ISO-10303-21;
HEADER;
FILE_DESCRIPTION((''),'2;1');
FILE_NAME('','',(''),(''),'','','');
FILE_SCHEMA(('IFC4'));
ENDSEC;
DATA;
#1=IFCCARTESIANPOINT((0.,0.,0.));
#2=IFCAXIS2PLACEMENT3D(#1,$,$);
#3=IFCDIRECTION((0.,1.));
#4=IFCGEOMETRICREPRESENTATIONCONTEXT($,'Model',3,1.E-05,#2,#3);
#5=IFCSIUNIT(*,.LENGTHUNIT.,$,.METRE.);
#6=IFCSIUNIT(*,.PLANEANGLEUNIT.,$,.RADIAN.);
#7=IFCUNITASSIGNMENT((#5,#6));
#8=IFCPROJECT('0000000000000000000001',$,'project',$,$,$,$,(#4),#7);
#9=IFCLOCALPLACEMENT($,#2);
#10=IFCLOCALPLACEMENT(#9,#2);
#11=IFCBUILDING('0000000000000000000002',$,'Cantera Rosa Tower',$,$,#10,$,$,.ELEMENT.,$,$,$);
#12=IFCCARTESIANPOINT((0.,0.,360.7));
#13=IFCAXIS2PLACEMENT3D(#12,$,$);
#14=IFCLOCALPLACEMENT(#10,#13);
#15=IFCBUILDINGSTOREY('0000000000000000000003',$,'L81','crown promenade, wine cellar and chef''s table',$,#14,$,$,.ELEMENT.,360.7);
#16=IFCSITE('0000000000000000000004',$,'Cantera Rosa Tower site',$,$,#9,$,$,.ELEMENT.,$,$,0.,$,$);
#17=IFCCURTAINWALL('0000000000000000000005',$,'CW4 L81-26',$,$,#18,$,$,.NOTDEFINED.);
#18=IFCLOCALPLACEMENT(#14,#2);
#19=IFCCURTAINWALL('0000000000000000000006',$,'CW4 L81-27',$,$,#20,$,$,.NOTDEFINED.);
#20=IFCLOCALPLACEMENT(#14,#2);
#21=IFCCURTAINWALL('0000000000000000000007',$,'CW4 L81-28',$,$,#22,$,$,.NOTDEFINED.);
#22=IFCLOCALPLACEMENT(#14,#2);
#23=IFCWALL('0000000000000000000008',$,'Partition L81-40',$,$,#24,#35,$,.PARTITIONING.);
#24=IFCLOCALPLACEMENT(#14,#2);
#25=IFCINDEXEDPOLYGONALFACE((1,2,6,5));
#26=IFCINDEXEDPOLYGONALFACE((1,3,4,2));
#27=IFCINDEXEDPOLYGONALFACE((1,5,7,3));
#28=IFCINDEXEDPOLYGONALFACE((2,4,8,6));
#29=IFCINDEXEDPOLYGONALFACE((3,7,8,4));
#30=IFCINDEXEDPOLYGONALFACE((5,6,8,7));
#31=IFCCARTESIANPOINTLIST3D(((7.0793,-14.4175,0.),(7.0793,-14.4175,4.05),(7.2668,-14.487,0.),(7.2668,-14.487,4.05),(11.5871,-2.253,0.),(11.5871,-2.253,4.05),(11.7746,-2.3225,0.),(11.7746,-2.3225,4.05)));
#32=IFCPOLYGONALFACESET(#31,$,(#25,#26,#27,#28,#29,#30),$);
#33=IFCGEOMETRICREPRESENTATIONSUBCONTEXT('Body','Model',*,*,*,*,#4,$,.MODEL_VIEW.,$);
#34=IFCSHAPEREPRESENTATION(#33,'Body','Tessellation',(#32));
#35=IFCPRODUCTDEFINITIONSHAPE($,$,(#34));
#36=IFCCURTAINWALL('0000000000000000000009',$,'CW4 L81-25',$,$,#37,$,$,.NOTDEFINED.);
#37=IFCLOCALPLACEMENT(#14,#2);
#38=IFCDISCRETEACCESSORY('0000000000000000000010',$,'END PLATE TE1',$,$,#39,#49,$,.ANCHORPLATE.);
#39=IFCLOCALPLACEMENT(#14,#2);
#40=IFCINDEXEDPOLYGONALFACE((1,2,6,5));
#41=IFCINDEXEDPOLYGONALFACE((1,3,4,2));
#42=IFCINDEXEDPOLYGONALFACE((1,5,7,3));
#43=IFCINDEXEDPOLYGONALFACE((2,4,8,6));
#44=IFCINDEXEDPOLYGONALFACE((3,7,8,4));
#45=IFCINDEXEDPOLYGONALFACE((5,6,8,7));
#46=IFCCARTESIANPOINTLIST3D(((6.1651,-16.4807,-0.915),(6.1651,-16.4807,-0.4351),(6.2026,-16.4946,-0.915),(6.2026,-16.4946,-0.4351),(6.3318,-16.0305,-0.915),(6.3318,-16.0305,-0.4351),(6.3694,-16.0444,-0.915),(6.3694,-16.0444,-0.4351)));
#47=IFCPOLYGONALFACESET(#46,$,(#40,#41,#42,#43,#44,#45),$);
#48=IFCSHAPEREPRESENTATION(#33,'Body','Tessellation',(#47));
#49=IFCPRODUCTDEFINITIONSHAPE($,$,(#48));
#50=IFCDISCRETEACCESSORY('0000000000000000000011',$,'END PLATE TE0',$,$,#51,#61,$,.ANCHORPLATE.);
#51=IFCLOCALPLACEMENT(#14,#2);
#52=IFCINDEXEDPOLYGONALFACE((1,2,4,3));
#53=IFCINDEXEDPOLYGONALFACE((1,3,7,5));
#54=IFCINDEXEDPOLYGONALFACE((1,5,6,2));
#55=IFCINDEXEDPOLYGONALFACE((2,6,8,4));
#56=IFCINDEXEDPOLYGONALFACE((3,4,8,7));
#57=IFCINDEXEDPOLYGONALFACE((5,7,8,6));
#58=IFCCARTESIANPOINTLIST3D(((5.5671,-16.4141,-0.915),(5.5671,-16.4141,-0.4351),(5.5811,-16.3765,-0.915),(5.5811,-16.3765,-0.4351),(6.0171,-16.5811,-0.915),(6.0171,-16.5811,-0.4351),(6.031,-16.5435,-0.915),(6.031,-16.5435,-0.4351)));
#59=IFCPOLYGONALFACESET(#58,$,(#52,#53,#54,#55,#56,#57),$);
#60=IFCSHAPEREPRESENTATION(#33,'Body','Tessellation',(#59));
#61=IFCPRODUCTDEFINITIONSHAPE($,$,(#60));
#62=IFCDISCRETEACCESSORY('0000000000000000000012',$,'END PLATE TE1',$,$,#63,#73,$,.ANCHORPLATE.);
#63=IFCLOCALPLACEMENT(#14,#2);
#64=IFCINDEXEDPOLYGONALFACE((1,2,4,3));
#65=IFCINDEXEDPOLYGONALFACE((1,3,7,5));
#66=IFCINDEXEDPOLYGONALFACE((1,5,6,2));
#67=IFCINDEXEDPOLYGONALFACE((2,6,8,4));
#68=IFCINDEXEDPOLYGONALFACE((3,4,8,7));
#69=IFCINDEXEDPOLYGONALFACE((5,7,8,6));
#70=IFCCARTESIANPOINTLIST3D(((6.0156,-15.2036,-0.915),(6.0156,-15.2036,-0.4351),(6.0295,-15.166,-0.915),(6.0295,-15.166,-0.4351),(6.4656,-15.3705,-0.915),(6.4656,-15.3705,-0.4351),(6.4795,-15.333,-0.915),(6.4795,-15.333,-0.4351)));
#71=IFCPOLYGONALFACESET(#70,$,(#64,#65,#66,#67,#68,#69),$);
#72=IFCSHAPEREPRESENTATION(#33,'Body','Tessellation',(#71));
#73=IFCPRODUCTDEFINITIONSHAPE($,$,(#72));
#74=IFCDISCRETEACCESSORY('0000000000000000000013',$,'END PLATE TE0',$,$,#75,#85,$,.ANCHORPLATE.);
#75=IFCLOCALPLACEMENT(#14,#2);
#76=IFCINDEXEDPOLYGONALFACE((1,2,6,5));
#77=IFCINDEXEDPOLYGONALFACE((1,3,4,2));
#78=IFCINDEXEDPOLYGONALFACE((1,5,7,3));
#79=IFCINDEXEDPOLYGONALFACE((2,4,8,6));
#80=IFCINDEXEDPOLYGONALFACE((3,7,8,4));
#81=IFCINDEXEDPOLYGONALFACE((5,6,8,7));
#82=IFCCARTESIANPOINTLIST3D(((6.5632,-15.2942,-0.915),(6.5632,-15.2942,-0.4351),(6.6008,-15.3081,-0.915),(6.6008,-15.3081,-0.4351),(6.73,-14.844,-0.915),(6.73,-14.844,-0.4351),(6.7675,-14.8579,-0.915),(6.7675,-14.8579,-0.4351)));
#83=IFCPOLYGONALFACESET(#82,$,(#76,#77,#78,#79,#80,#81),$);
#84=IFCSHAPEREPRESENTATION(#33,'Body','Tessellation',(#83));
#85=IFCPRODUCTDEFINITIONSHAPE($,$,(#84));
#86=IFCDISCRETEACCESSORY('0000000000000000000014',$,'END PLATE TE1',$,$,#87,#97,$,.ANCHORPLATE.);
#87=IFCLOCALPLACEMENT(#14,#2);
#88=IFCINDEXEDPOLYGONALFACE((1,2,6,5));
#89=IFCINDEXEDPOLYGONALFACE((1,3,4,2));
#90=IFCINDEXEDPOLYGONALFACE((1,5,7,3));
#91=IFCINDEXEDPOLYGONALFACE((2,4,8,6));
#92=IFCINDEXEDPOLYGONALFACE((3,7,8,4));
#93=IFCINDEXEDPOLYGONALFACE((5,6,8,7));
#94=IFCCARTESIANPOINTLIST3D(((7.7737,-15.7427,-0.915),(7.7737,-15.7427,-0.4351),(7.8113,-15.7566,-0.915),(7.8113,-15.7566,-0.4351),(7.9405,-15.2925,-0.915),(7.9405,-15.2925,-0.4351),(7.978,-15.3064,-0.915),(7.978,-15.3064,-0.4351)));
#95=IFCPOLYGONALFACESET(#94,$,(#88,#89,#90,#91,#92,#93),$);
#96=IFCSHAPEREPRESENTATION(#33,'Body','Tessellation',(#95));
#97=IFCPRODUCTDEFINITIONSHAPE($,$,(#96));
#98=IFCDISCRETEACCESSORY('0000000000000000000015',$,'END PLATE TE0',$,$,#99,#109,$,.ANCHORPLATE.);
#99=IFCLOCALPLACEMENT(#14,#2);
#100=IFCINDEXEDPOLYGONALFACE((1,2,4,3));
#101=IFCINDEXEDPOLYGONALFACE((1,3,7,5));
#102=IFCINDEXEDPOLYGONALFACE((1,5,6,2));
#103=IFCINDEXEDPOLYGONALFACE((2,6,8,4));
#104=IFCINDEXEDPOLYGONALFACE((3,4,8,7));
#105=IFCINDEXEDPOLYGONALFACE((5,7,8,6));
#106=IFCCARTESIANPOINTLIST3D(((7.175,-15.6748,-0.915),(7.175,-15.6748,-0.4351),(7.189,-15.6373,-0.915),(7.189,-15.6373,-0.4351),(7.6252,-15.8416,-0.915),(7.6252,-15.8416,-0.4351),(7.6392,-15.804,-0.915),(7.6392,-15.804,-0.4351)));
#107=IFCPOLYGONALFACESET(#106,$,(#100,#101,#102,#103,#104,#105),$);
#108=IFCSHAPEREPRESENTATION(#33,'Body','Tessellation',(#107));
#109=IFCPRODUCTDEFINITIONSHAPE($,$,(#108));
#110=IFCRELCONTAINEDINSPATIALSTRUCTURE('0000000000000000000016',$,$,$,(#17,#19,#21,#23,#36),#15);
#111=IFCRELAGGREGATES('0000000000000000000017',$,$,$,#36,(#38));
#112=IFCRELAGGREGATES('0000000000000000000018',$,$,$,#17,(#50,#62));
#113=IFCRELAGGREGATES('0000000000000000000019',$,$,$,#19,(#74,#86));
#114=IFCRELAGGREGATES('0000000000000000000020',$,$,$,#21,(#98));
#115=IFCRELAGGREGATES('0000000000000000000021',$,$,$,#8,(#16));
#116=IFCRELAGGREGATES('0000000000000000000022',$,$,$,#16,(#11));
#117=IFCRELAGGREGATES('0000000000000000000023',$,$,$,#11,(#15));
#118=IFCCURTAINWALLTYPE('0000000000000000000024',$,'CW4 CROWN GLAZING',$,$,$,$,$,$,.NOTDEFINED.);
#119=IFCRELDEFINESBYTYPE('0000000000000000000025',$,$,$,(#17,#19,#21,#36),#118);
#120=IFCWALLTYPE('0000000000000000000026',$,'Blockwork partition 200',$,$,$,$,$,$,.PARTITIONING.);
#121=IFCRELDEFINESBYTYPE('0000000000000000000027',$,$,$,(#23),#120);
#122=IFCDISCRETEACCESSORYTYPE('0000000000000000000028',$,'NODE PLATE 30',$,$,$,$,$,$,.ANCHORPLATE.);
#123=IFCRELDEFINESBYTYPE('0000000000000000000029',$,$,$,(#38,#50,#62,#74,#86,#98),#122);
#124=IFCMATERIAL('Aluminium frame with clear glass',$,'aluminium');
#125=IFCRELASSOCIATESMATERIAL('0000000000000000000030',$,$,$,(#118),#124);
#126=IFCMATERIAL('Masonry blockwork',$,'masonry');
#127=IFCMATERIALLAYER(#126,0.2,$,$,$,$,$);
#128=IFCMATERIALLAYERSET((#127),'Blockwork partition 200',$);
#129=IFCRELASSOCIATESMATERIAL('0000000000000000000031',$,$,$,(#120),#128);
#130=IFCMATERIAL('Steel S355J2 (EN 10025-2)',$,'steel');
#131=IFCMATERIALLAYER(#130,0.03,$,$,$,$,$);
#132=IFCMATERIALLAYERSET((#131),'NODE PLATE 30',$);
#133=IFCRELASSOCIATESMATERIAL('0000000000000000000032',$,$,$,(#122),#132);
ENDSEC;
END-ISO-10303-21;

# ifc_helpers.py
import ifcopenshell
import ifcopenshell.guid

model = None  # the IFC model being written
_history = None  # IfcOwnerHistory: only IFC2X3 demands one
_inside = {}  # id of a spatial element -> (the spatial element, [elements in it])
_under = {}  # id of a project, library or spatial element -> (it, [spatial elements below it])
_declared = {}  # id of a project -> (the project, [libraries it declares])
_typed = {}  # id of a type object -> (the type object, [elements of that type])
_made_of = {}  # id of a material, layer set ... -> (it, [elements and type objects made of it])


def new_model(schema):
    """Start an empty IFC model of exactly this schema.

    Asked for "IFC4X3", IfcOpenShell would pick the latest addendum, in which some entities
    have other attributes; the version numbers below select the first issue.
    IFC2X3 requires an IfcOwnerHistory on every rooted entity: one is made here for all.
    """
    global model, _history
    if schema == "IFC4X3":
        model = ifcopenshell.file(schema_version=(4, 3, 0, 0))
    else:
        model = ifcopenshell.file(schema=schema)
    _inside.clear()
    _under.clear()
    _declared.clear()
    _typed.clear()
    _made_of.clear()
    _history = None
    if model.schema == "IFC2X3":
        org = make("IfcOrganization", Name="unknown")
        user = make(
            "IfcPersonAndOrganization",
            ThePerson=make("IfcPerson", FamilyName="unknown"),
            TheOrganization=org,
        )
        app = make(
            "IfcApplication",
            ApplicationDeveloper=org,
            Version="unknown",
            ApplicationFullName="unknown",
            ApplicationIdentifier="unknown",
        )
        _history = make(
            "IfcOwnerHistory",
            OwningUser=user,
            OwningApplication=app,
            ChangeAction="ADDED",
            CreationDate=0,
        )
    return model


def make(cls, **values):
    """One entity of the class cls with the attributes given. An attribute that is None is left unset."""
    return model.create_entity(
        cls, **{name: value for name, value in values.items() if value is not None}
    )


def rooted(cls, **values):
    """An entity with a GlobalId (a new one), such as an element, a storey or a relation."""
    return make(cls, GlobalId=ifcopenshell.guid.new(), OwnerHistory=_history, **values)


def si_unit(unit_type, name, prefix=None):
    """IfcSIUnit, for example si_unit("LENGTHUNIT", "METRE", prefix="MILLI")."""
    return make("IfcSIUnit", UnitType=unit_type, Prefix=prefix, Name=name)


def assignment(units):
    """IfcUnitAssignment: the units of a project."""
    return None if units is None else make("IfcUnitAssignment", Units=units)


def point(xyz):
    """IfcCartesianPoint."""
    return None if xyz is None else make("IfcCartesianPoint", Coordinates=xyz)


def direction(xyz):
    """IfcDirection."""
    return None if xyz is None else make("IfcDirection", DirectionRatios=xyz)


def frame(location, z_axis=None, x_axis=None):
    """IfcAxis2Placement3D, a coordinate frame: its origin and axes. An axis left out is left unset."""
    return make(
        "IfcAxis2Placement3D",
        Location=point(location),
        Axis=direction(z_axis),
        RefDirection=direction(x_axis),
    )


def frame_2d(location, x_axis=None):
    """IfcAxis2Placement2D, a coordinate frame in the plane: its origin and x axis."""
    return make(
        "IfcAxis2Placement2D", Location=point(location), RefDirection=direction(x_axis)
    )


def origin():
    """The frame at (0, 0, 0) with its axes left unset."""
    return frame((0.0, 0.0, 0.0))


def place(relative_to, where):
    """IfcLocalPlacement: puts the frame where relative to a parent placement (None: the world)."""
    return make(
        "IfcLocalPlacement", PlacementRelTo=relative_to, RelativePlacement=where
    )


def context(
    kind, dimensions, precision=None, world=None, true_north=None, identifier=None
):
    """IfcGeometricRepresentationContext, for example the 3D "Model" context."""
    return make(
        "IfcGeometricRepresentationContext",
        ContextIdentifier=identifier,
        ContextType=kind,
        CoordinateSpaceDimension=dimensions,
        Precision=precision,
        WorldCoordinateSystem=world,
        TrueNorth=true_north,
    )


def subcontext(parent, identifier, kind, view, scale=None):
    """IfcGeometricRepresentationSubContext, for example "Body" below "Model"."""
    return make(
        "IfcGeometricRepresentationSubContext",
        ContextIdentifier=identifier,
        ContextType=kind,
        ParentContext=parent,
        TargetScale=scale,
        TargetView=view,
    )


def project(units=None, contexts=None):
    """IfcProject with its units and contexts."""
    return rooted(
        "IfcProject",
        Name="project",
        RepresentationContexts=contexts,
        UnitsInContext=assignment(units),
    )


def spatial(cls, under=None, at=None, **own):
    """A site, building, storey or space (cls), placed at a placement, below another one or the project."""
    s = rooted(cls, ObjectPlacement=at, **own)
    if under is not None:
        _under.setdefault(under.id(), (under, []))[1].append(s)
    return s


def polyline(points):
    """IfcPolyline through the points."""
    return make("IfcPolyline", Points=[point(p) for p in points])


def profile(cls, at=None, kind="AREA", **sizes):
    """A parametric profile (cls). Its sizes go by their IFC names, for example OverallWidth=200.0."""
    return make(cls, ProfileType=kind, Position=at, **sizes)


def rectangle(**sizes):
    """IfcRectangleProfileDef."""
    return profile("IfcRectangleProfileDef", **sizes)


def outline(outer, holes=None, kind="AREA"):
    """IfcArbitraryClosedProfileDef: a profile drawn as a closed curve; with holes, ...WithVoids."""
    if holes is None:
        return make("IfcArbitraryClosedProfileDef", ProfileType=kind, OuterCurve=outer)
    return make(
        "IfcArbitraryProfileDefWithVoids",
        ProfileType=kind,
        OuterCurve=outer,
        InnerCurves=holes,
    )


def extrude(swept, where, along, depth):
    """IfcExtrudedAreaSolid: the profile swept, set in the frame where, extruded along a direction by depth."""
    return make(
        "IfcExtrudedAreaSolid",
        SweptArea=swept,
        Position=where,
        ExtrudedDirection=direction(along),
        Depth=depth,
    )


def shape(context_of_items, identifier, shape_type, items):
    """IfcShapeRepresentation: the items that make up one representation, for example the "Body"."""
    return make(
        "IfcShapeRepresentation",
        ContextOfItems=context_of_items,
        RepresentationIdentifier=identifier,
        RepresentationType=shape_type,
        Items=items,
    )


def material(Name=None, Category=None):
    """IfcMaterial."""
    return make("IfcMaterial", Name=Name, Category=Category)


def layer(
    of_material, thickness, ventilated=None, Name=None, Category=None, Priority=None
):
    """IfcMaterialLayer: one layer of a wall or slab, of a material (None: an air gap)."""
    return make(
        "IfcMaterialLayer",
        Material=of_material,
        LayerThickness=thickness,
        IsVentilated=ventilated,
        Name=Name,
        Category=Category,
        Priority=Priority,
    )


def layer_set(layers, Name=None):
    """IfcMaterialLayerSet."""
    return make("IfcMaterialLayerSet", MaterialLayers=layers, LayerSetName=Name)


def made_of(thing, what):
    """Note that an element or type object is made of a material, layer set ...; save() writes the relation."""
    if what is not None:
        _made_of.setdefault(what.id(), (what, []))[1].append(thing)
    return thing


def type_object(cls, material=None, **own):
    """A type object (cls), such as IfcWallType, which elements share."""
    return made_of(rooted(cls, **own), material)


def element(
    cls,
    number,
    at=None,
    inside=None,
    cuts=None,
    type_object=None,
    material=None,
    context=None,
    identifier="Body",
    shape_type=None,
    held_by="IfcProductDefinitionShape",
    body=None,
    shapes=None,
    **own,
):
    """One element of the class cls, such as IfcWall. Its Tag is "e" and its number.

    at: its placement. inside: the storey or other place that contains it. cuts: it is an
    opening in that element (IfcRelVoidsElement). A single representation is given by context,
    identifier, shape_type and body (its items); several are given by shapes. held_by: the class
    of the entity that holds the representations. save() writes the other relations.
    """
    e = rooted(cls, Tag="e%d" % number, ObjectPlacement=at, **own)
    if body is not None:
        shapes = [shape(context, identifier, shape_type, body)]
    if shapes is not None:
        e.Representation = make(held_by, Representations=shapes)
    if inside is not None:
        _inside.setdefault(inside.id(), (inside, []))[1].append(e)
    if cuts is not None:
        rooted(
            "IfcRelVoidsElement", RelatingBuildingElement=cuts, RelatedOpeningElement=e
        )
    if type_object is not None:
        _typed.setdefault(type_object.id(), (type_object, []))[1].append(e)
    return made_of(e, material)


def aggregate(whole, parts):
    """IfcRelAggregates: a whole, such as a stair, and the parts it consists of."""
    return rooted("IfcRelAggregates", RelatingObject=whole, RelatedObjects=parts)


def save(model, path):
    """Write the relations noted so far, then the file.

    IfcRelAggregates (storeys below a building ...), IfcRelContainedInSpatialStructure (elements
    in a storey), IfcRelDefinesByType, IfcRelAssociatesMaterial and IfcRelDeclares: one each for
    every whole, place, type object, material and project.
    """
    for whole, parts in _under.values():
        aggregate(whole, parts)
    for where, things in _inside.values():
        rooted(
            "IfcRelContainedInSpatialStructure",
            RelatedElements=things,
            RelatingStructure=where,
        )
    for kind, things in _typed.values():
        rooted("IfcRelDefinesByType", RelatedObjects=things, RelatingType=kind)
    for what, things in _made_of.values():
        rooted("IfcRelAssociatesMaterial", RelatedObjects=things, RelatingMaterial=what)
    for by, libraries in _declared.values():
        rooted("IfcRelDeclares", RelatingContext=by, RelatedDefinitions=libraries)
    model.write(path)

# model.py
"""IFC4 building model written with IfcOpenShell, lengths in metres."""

from ifc_helpers import new_model, si_unit, direction, frame, frame_2d, origin, place, context, subcontext, project, spatial, polyline, rectangle, outline, extrude, material, layer, layer_set, type_object, element, aggregate, save


model = new_model("IFC4")

# Units and contexts
model_context = context("Model", 3, precision=1e-05, world=origin(), true_north=direction((0.0, 1.0)))
body_context = subcontext(model_context, "Body", "Model", "MODEL_VIEW")
ifc_project = project(units=[si_unit("LENGTHUNIT", "METRE"), si_unit("PLANEANGLEUNIT", "RADIAN")], contexts=[model_context])

# Site, building, storey
site_placement = place(None, origin())
site = spatial("IfcSite", under=ifc_project, at=site_placement, Name="Cantera Rosa Tower site", CompositionType="ELEMENT", RefElevation=0.0)
building_placement = place(site_placement, origin())
building = spatial("IfcBuilding", under=site, at=building_placement, Name="Cantera Rosa Tower", CompositionType="ELEMENT")
storey_placement = place(building_placement, frame((0.0, 0.0, 360.7)))
storey = spatial("IfcBuildingStorey", under=building, at=storey_placement, Name="L81", Description="crown promenade, wine cellar and chef's table", CompositionType="ELEMENT", Elevation=360.7)

# Curtain walls
ifc_material_1 = material(Name="Aluminium frame with clear glass", Category="aluminium")
curtain_wall_type = type_object("IfcCurtainWallType", Name="CW4 CROWN GLAZING", PredefinedType="NOTDEFINED", material=ifc_material_1)
curtain_wall_1_placement = place(storey_placement, origin())
curtain_wall_1 = element("IfcCurtainWall", 1, at=curtain_wall_1_placement, inside=storey, type_object=curtain_wall_type, Name="CW4 L81-26", PredefinedType="NOTDEFINED")
curtain_wall_2_placement = place(storey_placement, origin())
curtain_wall_2 = element("IfcCurtainWall", 2, at=curtain_wall_2_placement, inside=storey, type_object=curtain_wall_type, Name="CW4 L81-27", PredefinedType="NOTDEFINED")
curtain_wall_3_placement = place(storey_placement, origin())
curtain_wall_3 = element("IfcCurtainWall", 3, at=curtain_wall_3_placement, inside=storey, type_object=curtain_wall_type, Name="CW4 L81-28", PredefinedType="NOTDEFINED")

# Wall
ifc_material_2 = material(Name="Masonry blockwork", Category="masonry")
ifc_layer_1 = layer(ifc_material_2, 0.2)
ifc_layer_set_1 = layer_set([ifc_layer_1], Name="Blockwork partition 200")
wall_type = type_object("IfcWallType", Name="Blockwork partition 200", PredefinedType="PARTITIONING", material=ifc_layer_set_1)
wall_placement = place(storey_placement, frame((7.1731, -14.4521, 0.0), z_axis=(0.0, 0.0, 1.0), x_axis=(0.347479, 0.937688, 0.0)))
element("IfcWall", 4, at=wall_placement, inside=storey, type_object=wall_type, Name="Partition L81-40", PredefinedType="PARTITIONING", context=body_context, shape_type="SweptSolid", body=[
    extrude(rectangle(XDim=12.9729, YDim=0.2, at=frame_2d((6.4863, 0.0))), origin(), (0.0, 0.0, 1.0), 4.05),
])

# Curtain wall, discrete accessory
curtain_wall_4_placement = place(storey_placement, origin())
curtain_wall_4 = element("IfcCurtainWall", 5, at=curtain_wall_4_placement, inside=storey, type_object=curtain_wall_type, Name="CW4 L81-25", PredefinedType="NOTDEFINED")
ifc_material_3 = material(Name="Steel S355J2 (EN 10025-2)", Category="steel")
ifc_layer_2 = layer(ifc_material_3, 0.03)
ifc_layer_set_2 = layer_set([ifc_layer_2], Name="NODE PLATE 30")
discrete_accessory_type = type_object("IfcDiscreteAccessoryType", Name="NODE PLATE 30", PredefinedType="ANCHORPLATE", material=ifc_layer_set_2)
discrete_accessory_1_placement = place(storey_placement, frame((6.3694, -16.0444, -0.4351), z_axis=(0.937743, -0.347331, 0.0), x_axis=(-0.347331, -0.937743, 0.0)))
discrete_accessory_1 = element("IfcDiscreteAccessory", 6, at=discrete_accessory_1_placement, type_object=discrete_accessory_type, Name="END PLATE TE1", PredefinedType="ANCHORPLATE", context=body_context, shape_type="SweptSolid", body=[
    extrude(outline(polyline([(0.0, 0.0), (0.4801, 0.0), (0.4801, 0.48), (0.0, 0.48), (0.0, 0.0)])), origin(), (0.0, 0.0, -1.0), 0.04),
])
aggregate(curtain_wall_4, [discrete_accessory_1])

# Discrete accessories
discrete_accessory_2_placement = place(storey_placement, frame((6.0171, -16.5811, -0.4351), z_axis=(-0.347944, -0.937515, 0.0), x_axis=(-0.937515, 0.347944, 0.0)))
discrete_accessory_2 = element("IfcDiscreteAccessory", 7, at=discrete_accessory_2_placement, type_object=discrete_accessory_type, Name="END PLATE TE0", PredefinedType="ANCHORPLATE", context=body_context, shape_type="SweptSolid", body=[
    extrude(outline(polyline([(0.0, 0.0), (0.4799, 0.0), (0.4799, 0.48), (0.0, 0.48), (0.0, 0.0)])), origin(), (0.0, 0.0, -1.0), 0.04),
])
discrete_accessory_3_placement = place(storey_placement, frame((6.0295, -15.166, -0.4351), z_axis=(0.347944, 0.937515, 0.0), x_axis=(0.937515, -0.347944, 0.0)))
discrete_accessory_3 = element("IfcDiscreteAccessory", 8, at=discrete_accessory_3_placement, type_object=discrete_accessory_type, Name="END PLATE TE1", PredefinedType="ANCHORPLATE", context=body_context, shape_type="SweptSolid", body=[
    extrude(outline(polyline([(0.0, 0.0), (0.4799, 0.0), (0.4799, 0.48), (0.0, 0.48), (0.0, 0.0)])), origin(), (0.0, 0.0, -1.0), 0.04),
])
aggregate(curtain_wall_1, [discrete_accessory_2, discrete_accessory_3])
discrete_accessory_4_placement = place(storey_placement, frame((6.5632, -15.2942, -0.4351), z_axis=(-0.937743, 0.347331, 0.0), x_axis=(0.347331, 0.937743, 0.0)))
discrete_accessory_4 = element("IfcDiscreteAccessory", 9, at=discrete_accessory_4_placement, type_object=discrete_accessory_type, Name="END PLATE TE0", PredefinedType="ANCHORPLATE", context=body_context, shape_type="SweptSolid", body=[
    extrude(outline(polyline([(0.0, 0.0), (0.4801, 0.0), (0.4801, 0.48), (0.0, 0.48), (0.0, 0.0)])), origin(), (0.0, 0.0, -1.0), 0.04),
])
discrete_accessory_5_placement = place(storey_placement, frame((7.978, -15.3064, -0.4351), z_axis=(0.937743, -0.347331, 0.0), x_axis=(-0.347331, -0.937743, 0.0)))
discrete_accessory_5 = element("IfcDiscreteAccessory", 10, at=discrete_accessory_5_placement, type_object=discrete_accessory_type, Name="END PLATE TE1", PredefinedType="ANCHORPLATE", context=body_context, shape_type="SweptSolid", body=[
    extrude(outline(polyline([(0.0, 0.0), (0.4801, 0.0), (0.4801, 0.48), (0.0, 0.48), (0.0, 0.0)])), origin(), (0.0, 0.0, -1.0), 0.04),
])
aggregate(curtain_wall_2, [discrete_accessory_4, discrete_accessory_5])
discrete_accessory_6_placement = place(storey_placement, frame((7.6252, -15.8416, -0.4351), z_axis=(-0.347331, -0.937743, 0.0), x_axis=(-0.937743, 0.347331, 0.0)))
discrete_accessory_6 = element("IfcDiscreteAccessory", 11, at=discrete_accessory_6_placement, type_object=discrete_accessory_type, Name="END PLATE TE0", PredefinedType="ANCHORPLATE", context=body_context, shape_type="SweptSolid", body=[
    extrude(outline(polyline([(0.0, 0.0), (0.4801, 0.0), (0.4801, 0.48), (0.0, 0.48), (0.0, 0.0)])), origin(), (0.0, 0.0, -1.0), 0.04),
])
aggregate(curtain_wall_3, [discrete_accessory_6])

save(model, "model.ifc")
